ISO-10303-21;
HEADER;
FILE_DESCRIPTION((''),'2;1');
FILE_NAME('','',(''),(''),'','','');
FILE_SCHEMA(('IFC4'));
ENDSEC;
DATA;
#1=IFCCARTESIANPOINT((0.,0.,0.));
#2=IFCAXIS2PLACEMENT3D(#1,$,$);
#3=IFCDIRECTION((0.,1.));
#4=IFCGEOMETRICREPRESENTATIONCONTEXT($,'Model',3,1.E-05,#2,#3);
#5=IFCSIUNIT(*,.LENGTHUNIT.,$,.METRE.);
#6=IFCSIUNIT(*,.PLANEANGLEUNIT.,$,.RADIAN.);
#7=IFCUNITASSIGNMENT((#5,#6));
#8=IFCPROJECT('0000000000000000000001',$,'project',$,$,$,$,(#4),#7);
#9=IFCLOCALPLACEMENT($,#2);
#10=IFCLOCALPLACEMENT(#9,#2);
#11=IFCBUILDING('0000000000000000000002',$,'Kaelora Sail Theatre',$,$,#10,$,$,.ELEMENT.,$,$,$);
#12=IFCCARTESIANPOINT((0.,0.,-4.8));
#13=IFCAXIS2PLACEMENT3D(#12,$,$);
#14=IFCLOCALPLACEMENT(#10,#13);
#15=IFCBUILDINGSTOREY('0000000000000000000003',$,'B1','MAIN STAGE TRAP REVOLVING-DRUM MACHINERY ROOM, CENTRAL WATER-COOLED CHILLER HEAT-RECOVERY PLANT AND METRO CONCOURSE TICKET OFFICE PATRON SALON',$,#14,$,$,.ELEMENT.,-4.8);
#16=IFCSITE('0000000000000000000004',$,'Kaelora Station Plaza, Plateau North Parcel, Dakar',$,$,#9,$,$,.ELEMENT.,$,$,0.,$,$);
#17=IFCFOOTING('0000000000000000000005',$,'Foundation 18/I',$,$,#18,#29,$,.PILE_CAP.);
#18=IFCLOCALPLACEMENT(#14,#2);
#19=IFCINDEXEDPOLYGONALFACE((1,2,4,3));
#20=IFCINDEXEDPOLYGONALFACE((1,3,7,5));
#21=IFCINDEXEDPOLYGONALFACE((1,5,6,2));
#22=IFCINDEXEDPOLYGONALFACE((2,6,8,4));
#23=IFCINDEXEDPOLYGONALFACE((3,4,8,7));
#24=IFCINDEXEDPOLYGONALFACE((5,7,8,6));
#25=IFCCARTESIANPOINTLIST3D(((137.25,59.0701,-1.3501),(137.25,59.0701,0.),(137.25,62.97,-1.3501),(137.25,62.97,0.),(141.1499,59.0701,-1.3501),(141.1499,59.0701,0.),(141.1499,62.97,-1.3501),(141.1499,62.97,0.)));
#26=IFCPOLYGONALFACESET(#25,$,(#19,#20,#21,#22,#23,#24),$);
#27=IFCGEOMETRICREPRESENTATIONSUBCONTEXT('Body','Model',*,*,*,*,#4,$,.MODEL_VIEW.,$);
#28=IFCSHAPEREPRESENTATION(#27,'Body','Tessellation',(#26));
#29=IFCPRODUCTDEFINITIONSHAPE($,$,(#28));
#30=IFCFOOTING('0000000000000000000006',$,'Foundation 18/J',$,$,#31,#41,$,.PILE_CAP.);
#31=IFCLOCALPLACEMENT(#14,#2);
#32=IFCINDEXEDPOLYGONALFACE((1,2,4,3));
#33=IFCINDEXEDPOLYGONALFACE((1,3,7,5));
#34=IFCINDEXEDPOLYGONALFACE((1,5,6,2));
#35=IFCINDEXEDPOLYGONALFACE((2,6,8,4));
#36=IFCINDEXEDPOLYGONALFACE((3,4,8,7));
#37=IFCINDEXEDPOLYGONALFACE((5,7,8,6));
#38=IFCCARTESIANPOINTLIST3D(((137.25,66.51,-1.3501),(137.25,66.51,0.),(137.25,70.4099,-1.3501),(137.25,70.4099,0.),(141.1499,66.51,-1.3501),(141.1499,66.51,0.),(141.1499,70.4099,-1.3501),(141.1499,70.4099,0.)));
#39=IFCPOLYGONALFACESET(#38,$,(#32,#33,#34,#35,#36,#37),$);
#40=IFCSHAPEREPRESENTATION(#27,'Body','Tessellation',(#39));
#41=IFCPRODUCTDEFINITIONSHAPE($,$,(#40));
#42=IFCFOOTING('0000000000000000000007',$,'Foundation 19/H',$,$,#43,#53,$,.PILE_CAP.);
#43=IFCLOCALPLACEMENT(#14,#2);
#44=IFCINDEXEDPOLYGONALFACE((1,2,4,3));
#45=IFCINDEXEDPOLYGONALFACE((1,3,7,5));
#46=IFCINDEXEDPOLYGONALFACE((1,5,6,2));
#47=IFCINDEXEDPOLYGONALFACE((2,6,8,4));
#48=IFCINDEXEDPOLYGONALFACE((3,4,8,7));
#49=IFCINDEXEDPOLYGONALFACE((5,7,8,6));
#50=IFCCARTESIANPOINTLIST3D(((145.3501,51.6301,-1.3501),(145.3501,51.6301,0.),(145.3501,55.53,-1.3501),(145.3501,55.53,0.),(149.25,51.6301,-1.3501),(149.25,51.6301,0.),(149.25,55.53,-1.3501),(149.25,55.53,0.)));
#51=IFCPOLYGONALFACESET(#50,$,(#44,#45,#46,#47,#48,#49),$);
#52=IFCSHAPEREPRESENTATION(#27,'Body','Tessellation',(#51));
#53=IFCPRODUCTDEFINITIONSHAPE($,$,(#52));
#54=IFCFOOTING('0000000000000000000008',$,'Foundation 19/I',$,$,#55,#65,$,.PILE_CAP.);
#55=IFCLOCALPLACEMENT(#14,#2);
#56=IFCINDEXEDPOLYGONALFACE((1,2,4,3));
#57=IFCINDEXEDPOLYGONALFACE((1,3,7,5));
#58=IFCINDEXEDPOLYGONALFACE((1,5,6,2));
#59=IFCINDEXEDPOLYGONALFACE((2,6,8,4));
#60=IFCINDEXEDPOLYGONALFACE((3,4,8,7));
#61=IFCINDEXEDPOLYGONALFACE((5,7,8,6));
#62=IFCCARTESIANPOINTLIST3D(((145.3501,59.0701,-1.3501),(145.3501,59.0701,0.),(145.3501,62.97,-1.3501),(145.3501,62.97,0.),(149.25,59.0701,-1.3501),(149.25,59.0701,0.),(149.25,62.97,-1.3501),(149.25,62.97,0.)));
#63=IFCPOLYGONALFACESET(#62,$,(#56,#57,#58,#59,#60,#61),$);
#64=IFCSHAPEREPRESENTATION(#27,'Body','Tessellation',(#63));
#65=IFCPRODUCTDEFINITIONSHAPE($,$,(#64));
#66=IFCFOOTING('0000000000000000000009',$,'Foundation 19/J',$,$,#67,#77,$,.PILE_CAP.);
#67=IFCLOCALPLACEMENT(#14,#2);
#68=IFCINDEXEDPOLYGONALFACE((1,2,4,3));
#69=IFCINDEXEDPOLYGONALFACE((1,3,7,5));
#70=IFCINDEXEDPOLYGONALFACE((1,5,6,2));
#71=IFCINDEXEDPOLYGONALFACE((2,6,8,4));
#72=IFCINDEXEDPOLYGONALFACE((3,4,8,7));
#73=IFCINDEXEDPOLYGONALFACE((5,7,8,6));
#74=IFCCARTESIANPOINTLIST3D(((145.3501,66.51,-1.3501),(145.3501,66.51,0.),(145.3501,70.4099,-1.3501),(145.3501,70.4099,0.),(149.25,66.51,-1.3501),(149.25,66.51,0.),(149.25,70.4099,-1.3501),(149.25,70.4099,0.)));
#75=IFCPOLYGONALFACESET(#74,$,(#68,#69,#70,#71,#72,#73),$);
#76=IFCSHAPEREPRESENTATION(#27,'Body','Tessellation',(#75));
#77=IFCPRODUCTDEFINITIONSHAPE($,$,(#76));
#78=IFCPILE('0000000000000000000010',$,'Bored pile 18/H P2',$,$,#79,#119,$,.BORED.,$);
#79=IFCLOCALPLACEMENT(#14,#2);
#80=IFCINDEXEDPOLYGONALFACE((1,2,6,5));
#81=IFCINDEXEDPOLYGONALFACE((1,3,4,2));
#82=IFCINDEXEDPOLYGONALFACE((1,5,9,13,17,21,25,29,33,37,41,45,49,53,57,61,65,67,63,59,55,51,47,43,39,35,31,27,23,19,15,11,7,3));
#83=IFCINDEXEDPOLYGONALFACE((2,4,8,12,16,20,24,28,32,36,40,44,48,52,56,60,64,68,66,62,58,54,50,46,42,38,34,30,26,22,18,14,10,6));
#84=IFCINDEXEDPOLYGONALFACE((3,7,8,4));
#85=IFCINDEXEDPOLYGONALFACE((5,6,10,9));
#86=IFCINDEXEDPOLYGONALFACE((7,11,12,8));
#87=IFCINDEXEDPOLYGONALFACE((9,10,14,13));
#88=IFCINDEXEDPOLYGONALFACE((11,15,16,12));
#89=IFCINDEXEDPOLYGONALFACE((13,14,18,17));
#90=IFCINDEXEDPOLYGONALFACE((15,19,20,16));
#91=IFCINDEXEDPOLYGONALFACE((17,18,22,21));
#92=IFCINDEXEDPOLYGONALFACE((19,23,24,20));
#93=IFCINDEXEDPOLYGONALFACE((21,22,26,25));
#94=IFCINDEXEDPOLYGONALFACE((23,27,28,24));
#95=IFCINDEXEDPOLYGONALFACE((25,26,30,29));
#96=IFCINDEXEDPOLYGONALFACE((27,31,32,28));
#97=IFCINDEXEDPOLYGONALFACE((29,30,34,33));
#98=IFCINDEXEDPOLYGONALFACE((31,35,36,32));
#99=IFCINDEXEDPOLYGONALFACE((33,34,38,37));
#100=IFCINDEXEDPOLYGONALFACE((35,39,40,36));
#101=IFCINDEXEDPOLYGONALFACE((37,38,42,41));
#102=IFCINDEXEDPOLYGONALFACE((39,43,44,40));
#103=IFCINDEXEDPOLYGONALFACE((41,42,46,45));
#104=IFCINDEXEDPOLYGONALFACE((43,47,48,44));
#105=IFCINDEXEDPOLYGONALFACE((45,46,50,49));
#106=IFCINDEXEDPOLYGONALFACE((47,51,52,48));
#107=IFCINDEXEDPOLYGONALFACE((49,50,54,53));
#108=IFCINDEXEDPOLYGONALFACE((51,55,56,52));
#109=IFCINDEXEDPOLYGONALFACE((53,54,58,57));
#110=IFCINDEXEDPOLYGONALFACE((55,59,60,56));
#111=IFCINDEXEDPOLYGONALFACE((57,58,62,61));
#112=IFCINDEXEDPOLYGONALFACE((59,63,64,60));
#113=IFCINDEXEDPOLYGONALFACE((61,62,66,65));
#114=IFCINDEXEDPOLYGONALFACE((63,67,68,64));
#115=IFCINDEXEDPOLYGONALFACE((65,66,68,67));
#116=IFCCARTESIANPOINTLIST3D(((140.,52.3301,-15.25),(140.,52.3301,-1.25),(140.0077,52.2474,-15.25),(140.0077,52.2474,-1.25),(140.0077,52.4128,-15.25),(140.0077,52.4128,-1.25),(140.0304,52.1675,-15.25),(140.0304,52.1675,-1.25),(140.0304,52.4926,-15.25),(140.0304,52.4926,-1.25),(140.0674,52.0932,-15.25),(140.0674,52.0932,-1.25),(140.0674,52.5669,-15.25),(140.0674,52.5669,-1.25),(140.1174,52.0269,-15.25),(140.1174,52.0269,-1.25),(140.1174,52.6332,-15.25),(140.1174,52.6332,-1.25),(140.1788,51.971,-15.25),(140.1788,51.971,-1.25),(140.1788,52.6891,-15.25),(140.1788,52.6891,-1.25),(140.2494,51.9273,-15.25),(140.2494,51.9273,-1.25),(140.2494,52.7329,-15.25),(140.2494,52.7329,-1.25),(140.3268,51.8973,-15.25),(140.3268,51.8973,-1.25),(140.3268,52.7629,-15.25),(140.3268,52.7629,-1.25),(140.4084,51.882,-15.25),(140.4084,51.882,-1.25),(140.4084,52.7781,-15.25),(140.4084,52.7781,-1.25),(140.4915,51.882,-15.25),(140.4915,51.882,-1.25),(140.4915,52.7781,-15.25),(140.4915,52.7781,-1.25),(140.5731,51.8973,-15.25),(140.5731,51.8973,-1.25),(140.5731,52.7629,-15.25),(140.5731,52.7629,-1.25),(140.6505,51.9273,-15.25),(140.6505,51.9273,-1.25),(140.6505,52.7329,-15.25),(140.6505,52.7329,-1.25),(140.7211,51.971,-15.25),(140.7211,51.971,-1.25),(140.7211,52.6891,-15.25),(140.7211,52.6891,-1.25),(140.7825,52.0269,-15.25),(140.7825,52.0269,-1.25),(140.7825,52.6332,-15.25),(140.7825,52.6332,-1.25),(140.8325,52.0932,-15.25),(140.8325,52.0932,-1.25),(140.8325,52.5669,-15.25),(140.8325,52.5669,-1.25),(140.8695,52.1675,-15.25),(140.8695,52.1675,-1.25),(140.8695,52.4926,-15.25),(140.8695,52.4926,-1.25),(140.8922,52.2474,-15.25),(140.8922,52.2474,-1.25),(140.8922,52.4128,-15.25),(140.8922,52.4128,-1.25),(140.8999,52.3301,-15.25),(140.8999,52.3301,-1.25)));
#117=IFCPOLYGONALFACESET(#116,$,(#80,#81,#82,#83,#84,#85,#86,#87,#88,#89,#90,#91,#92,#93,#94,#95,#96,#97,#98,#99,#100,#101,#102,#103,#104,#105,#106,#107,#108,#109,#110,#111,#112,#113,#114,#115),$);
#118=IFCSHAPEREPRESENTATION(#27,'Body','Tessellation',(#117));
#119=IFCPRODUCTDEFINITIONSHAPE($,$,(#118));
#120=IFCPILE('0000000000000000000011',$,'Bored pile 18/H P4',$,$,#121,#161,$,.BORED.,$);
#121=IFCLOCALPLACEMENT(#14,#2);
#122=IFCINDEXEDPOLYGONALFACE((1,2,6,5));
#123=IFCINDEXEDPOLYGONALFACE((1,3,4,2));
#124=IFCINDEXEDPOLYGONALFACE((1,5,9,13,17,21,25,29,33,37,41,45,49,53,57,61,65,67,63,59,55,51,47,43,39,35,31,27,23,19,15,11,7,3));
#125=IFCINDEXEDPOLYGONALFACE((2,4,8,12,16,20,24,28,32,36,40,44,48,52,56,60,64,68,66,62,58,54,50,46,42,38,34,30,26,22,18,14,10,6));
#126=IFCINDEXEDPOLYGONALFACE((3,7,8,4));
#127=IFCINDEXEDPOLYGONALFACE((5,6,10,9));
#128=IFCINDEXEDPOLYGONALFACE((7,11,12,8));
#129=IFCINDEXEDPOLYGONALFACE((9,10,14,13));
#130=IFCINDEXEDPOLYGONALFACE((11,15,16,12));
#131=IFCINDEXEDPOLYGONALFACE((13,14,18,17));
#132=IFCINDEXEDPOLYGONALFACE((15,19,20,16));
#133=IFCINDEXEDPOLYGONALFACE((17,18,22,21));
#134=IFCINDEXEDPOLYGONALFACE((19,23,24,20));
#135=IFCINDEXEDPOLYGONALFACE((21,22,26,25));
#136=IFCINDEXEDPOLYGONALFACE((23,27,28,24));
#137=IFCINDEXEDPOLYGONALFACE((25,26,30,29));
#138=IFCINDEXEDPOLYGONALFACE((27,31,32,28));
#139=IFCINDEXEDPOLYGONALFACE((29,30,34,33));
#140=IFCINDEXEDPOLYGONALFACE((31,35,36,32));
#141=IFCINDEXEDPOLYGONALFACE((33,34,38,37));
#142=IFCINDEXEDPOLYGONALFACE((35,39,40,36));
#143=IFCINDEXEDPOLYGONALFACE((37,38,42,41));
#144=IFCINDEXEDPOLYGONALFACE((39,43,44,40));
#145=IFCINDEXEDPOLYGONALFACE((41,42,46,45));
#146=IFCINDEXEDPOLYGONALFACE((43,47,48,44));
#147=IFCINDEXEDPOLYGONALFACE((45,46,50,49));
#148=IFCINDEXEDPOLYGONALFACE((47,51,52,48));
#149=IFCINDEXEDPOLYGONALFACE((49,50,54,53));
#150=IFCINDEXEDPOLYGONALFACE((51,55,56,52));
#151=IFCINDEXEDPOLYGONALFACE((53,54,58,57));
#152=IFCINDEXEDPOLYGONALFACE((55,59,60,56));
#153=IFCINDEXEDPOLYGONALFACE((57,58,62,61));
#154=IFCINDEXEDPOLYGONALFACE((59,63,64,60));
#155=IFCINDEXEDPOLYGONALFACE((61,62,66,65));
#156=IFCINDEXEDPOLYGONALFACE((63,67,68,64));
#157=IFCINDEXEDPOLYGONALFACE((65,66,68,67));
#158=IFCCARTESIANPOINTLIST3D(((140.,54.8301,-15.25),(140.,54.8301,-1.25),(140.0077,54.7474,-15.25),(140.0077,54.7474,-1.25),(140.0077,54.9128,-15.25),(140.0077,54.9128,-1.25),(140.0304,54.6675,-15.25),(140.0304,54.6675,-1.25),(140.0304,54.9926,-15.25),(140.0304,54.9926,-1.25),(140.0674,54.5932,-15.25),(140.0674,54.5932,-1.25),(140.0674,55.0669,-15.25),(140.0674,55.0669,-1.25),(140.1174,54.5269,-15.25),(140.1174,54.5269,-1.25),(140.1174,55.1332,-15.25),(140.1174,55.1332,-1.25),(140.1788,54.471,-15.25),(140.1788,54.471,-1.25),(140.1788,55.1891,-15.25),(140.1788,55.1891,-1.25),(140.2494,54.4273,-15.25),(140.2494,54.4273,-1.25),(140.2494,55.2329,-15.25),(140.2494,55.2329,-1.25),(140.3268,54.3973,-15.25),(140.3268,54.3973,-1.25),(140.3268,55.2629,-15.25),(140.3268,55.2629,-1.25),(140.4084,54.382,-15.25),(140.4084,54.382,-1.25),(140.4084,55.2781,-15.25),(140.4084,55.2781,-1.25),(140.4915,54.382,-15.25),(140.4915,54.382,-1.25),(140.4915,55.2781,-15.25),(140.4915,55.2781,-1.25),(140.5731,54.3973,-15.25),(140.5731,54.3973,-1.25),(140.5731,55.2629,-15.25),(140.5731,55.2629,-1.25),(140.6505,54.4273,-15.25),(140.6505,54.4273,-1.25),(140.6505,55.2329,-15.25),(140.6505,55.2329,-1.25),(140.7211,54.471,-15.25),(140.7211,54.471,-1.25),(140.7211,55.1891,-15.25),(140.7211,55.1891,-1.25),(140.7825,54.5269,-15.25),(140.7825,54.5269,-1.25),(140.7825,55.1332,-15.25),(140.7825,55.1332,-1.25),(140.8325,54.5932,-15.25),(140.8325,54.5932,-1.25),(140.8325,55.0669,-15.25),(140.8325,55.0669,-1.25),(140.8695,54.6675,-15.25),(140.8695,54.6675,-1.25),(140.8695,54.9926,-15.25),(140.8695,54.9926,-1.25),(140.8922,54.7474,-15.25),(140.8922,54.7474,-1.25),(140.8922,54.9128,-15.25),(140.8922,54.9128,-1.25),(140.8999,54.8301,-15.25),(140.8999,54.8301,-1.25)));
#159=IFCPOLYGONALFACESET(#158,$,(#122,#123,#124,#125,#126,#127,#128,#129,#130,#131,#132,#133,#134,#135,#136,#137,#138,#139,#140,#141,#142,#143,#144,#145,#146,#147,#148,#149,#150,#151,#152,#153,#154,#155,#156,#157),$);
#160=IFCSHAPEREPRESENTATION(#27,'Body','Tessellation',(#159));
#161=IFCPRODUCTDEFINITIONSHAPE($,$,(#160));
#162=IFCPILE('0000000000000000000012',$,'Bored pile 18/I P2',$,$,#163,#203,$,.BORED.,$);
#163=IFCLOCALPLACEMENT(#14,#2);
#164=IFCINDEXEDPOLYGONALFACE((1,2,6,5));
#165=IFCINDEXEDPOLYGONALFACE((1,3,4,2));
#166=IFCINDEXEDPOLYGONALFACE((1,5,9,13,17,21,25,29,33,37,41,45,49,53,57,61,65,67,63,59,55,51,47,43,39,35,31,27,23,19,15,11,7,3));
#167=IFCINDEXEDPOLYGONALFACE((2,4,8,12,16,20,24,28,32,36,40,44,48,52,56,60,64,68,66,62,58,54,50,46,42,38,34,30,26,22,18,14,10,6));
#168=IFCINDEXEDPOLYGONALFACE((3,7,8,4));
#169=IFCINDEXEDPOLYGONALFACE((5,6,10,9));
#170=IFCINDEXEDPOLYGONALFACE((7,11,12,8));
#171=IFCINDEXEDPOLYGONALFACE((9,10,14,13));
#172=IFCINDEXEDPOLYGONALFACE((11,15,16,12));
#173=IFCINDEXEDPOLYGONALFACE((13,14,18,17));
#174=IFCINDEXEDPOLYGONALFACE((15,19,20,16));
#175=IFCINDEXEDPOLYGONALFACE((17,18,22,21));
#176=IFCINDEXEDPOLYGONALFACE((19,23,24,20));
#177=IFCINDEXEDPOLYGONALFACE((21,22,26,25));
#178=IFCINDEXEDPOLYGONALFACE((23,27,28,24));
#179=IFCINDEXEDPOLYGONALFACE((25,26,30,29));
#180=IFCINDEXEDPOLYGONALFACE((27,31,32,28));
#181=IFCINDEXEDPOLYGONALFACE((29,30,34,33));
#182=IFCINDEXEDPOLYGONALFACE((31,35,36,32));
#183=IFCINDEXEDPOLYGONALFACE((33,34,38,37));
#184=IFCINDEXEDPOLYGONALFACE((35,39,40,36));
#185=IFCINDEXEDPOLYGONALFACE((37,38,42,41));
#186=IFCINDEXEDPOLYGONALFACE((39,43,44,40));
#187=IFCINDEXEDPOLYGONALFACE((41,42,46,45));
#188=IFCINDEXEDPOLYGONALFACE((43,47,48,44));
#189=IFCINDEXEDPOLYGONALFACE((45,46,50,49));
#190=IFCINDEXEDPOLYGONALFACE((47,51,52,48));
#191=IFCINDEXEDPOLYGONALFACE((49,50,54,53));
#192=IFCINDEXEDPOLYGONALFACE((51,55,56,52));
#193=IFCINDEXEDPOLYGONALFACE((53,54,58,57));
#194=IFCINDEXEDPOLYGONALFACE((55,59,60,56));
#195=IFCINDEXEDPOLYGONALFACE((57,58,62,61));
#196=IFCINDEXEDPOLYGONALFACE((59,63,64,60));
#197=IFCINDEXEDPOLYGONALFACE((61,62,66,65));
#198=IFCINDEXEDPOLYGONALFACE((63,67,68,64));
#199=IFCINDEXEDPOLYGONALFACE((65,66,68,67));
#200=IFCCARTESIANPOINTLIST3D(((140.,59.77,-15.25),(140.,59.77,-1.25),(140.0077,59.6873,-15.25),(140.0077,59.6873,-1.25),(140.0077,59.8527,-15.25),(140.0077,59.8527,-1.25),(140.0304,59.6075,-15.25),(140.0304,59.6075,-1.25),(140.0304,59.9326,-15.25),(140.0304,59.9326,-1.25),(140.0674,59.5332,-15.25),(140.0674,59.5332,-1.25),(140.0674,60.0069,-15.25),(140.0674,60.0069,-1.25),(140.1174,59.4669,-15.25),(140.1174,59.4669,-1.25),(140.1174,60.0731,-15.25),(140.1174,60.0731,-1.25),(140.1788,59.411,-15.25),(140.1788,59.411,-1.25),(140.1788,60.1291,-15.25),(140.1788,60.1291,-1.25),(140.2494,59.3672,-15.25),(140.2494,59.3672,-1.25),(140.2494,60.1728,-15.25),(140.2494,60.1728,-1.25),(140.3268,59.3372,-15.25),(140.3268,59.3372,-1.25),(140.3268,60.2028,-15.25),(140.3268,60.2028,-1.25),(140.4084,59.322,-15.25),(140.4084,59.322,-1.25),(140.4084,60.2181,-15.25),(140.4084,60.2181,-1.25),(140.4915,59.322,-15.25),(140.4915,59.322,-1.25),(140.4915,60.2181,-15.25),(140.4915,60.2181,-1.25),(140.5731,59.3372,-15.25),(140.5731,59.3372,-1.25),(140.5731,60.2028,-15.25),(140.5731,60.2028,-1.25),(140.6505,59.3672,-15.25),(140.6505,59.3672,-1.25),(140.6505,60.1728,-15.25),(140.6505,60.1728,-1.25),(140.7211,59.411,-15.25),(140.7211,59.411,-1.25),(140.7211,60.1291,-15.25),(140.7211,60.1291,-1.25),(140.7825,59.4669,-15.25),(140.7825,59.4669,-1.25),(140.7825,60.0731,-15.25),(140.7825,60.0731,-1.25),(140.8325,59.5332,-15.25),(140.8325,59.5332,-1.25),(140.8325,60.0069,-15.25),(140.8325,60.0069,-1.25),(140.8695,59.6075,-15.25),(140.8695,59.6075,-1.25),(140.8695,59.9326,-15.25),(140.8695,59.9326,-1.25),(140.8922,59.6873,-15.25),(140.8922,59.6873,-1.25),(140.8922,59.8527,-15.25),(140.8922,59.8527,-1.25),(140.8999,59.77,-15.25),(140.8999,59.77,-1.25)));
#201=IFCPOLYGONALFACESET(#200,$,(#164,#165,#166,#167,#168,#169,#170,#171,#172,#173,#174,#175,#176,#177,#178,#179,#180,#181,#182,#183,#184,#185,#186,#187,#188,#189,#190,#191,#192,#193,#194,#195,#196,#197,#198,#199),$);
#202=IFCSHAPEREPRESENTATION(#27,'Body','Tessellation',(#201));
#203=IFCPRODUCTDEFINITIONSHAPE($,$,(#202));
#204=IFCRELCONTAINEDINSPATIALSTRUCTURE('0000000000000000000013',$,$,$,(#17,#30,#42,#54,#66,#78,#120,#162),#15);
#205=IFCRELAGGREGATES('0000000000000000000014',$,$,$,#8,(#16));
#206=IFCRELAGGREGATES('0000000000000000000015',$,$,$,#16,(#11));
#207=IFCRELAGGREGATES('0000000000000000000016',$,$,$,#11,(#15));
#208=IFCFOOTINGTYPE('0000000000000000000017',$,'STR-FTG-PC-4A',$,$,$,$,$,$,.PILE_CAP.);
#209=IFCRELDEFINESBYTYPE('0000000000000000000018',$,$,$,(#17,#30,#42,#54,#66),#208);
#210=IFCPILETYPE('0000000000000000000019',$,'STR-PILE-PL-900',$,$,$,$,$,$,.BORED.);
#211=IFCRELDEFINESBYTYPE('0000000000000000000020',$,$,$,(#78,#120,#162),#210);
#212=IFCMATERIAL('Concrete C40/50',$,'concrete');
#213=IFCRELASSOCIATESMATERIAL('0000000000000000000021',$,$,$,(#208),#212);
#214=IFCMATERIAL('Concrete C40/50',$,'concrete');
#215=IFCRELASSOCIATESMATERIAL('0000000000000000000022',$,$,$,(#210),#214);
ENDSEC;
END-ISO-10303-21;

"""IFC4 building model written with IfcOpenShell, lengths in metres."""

from ifc_helpers import new_model, si_unit, direction, frame, origin, origin_2d, place, context, subcontext, project, spatial, rectangle, circle, extrude, material, material_profile, profile_set, type_object, element, save


model = new_model("IFC4")

# Units and contexts
model_context = context("Model", 3, precision=1e-05, world=origin(), true_north=direction((0.0, 1.0)))
body_context = subcontext(model_context, "Body", "Model", "MODEL_VIEW")
ifc_project = project(units=[si_unit("LENGTHUNIT", "METRE"), si_unit("PLANEANGLEUNIT", "RADIAN")], contexts=[model_context])

# Site, building, storey
site_placement = place(None, origin())
site = spatial("IfcSite", under=ifc_project, at=site_placement, Name="Kaelora Station Plaza, Plateau North Parcel, Dakar", CompositionType="ELEMENT", RefElevation=0.0)
building_placement = place(site_placement, origin())
building = spatial("IfcBuilding", under=site, at=building_placement, Name="Kaelora Sail Theatre", CompositionType="ELEMENT")
storey_placement = place(building_placement, frame((0.0, 0.0, -4.8)))
storey = spatial("IfcBuildingStorey", under=building, at=storey_placement, Name="B1", Description="MAIN STAGE TRAP REVOLVING-DRUM MACHINERY ROOM, CENTRAL WATER-COOLED CHILLER HEAT-RECOVERY PLANT AND METRO CONCOURSE TICKET OFFICE PATRON SALON", CompositionType="ELEMENT", Elevation=-4.8)

# Footings
ifc_material_1 = material(Name="Concrete C40/50", Category="concrete")
footing_type = type_object("IfcFootingType", Name="STR-FTG-PC-4A", PredefinedType="PILE_CAP", material=ifc_material_1)
for number, where, z_axis, x_axis, name in (
    (1, (139.2, 61.02, -1.3501), (0.0, 0.0, 1.0), (1.0, 0.0, 0.0), "Foundation 18/I"),
    (2, (139.2, 68.46, -1.3501), (0.0, 0.0, 1.0), (1.0, 0.0, 0.0), "Foundation 18/J"),
    (3, (147.3, 53.5801, -1.3501), (0.0, 0.0, 1.0), (1.0, 0.0, 0.0), "Foundation 19/H"),
    (4, (147.3, 61.02, -1.3501), (0.0, 0.0, 1.0), (1.0, 0.0, 0.0), "Foundation 19/I"),
    (5, (147.3, 68.46, -1.3501), (0.0, 0.0, 1.0), (1.0, 0.0, 0.0), "Foundation 19/J"),
):
    element("IfcFooting", number, at=place(storey_placement, frame(where, z_axis=z_axis, x_axis=x_axis)), inside=storey, type_object=footing_type, Name=name, PredefinedType="PILE_CAP", context=body_context, shape_type="SweptSolid", body=[
        extrude(rectangle(XDim=3.8999, YDim=3.8999, at=origin_2d()), origin(), (0.0, 0.0, 1.0), 1.3501),
    ])

# Piles
ifc_material_2 = material(Name="Concrete C40/50", Category="concrete")
ifc_material_profile_1 = material_profile(ifc_material_2, circle(Radius=0.45, at=origin_2d()), Name="PILE D900")
ifc_profile_set_1 = profile_set([ifc_material_profile_1], Name="Concrete C40/50")
pile_type = type_object("IfcPileType", Name="STR-PILE-PL-900", PredefinedType="BORED", material=ifc_profile_set_1)
for number, where, z_axis, x_axis, name in (
    (6, (140.45, 52.3301, -1.25), (0.0, 0.0, -1.0), (1.0, 0.0, 0.0), "Bored pile 18/H P2"),
    (7, (140.45, 54.8301, -1.25), (0.0, 0.0, -1.0), (1.0, 0.0, 0.0), "Bored pile 18/H P4"),
    (8, (140.45, 59.77, -1.25), (0.0, 0.0, -1.0), (1.0, 0.0, 0.0), "Bored pile 18/I P2"),
):
    element("IfcPile", number, at=place(storey_placement, frame(where, z_axis=z_axis, x_axis=x_axis)), inside=storey, type_object=pile_type, Name=name, PredefinedType="BORED", context=body_context, shape_type="SweptSolid", body=[
        extrude(circle(Radius=0.45, at=origin_2d()), origin(), (0.0, 0.0, 1.0), 14.0),
    ])

save(model, "model.ifc")
